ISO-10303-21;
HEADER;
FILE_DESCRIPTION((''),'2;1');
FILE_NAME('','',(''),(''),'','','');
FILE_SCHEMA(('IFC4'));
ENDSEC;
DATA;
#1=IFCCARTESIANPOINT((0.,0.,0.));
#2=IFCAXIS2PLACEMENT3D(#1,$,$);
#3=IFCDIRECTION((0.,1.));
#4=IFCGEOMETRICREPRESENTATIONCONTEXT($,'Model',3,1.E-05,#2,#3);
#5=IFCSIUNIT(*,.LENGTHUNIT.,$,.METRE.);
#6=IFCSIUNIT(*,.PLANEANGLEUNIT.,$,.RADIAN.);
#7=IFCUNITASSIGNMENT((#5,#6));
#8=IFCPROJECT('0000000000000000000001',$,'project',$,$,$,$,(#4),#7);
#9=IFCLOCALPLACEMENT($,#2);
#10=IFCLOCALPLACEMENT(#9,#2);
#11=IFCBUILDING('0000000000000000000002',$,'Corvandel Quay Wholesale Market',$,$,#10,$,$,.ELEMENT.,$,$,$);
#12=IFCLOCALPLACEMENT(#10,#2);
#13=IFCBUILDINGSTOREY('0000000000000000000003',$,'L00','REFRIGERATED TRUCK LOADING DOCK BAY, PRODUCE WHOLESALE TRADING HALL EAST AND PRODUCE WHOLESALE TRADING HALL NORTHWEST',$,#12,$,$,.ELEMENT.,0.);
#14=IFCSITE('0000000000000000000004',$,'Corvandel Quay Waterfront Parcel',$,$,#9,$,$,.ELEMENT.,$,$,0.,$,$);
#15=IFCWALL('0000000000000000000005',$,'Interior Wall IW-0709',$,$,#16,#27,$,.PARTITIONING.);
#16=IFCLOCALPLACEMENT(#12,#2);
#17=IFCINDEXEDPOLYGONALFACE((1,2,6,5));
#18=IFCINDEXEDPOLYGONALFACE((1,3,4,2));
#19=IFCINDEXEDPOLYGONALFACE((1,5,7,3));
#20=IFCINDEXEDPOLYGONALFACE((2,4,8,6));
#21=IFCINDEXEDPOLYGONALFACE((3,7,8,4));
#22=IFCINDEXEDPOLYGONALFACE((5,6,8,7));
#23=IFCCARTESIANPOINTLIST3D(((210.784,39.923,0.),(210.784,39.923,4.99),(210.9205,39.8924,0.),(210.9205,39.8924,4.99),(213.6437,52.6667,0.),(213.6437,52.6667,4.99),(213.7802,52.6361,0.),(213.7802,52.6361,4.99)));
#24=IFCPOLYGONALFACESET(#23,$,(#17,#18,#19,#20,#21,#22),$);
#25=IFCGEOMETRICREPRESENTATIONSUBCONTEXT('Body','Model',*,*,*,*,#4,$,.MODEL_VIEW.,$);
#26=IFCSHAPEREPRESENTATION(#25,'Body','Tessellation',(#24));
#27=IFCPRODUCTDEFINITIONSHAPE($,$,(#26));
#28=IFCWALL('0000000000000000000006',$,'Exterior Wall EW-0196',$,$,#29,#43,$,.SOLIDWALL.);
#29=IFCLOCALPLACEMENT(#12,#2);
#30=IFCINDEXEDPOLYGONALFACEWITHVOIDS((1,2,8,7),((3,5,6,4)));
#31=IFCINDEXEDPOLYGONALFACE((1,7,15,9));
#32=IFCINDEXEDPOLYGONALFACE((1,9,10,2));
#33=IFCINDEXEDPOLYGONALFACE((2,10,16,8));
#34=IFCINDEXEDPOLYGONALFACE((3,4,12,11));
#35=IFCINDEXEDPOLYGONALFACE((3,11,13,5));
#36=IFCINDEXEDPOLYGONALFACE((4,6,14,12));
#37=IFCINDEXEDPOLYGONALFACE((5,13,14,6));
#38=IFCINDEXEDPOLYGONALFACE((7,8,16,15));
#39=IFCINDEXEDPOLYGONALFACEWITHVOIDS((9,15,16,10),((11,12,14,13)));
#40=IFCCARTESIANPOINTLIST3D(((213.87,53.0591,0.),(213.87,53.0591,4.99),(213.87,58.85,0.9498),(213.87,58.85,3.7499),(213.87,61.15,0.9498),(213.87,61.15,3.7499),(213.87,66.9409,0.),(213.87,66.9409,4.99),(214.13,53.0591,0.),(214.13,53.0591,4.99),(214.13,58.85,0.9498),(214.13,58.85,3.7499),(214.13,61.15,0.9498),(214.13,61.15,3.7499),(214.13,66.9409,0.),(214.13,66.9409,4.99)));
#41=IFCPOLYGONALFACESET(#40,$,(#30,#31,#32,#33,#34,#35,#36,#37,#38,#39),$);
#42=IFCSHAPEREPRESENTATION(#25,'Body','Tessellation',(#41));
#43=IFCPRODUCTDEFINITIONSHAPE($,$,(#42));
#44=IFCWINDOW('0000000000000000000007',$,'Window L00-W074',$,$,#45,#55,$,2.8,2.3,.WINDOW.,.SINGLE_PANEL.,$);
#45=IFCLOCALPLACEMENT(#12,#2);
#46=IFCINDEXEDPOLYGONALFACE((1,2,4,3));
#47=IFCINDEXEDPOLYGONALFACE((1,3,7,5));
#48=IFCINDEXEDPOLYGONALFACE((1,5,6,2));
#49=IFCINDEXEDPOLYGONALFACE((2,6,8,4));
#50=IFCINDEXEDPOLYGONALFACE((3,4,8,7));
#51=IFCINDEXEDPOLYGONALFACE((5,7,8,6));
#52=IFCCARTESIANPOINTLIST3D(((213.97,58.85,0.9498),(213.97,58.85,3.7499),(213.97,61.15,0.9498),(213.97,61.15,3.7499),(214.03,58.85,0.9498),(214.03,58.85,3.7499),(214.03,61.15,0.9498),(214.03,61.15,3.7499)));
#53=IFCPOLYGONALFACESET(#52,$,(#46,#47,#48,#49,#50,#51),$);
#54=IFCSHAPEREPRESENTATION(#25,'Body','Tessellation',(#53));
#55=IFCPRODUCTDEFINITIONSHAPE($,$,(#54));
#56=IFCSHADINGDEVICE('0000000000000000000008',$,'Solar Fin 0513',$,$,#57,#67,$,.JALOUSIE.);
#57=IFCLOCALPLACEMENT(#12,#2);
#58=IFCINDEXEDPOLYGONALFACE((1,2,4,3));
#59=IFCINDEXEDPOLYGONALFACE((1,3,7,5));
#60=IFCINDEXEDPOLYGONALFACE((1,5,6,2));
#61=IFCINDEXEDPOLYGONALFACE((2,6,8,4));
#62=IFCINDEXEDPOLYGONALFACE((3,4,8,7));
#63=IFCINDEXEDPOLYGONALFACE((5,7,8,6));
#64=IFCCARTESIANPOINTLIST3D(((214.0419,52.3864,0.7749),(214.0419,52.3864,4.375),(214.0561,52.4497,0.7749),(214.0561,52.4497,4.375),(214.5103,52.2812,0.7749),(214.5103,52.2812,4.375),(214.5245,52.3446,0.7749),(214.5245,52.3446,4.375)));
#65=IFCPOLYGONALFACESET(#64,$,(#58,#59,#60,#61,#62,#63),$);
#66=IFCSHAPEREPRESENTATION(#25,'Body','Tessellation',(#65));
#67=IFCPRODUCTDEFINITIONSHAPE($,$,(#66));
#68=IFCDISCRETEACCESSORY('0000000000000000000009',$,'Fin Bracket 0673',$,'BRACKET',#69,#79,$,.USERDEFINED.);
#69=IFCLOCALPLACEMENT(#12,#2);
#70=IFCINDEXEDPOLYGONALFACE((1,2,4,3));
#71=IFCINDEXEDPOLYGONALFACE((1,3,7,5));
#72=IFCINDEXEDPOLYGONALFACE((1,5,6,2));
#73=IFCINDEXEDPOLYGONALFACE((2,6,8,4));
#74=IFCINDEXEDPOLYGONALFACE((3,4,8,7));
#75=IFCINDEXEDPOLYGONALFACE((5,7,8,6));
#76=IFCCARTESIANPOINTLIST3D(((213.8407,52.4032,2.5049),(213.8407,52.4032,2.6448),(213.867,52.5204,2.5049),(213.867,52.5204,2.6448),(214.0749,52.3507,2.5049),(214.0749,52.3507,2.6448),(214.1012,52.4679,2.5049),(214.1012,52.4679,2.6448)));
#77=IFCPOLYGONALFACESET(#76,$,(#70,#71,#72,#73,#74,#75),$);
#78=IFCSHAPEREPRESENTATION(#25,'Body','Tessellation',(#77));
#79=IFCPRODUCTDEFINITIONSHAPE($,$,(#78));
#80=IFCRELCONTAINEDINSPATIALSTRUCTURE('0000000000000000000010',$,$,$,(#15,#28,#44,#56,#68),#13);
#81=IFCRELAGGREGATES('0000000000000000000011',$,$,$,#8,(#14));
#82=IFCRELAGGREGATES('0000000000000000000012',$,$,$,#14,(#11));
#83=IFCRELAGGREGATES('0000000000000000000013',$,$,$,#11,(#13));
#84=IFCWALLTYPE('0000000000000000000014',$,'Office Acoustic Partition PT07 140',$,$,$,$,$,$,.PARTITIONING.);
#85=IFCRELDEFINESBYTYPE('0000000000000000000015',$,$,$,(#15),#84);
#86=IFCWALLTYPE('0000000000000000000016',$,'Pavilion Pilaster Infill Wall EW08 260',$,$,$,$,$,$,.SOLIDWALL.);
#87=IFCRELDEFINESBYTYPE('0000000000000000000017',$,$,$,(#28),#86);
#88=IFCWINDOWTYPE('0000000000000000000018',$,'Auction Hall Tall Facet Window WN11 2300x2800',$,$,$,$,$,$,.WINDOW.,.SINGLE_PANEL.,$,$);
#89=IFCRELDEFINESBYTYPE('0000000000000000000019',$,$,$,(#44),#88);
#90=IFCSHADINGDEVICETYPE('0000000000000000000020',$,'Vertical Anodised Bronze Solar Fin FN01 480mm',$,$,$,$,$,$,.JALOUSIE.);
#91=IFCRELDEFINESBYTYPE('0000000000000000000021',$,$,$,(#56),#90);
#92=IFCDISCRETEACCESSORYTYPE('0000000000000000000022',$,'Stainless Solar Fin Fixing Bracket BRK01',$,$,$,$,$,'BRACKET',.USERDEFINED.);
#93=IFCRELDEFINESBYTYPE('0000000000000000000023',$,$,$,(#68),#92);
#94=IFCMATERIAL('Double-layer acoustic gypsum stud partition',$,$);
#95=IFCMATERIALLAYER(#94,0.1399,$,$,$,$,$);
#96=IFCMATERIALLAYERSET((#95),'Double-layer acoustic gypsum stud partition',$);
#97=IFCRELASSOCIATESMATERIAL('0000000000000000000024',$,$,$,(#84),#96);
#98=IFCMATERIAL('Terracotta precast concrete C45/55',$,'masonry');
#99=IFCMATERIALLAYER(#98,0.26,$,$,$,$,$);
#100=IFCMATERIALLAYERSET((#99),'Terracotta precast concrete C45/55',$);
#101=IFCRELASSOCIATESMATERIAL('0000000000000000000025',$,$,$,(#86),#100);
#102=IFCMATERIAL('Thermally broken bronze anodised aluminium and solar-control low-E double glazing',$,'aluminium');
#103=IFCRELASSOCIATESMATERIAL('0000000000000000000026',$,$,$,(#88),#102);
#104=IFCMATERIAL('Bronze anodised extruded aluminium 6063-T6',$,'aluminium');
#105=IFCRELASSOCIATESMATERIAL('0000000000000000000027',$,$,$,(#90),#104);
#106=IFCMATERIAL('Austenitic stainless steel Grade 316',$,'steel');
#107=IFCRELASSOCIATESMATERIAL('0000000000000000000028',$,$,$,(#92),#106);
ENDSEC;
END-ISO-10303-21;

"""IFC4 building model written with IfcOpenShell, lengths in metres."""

from ifc_helpers import new_model, si_unit, direction, frame, frame_2d, origin, origin_2d, place, context, subcontext, project, spatial, rectangle, extrude, material, layer, layer_set, type_object, element, fill, save


model = new_model("IFC4")

# Units and contexts
model_context = context("Model", 3, precision=1e-05, world=origin(), true_north=direction((0.0, 1.0)))
body_context = subcontext(model_context, "Body", "Model", "MODEL_VIEW")
ifc_project = project(units=[si_unit("LENGTHUNIT", "METRE"), si_unit("PLANEANGLEUNIT", "RADIAN")], contexts=[model_context])

# Site, building, storey
site_placement = place(None, origin())
site = spatial("IfcSite", under=ifc_project, at=site_placement, Name="Corvandel Quay Waterfront Parcel", CompositionType="ELEMENT", RefElevation=0.0)
building_placement = place(site_placement, origin())
building = spatial("IfcBuilding", under=site, at=building_placement, Name="Corvandel Quay Wholesale Market", CompositionType="ELEMENT")
storey_placement = place(building_placement, origin())
storey = spatial("IfcBuildingStorey", under=building, at=storey_placement, Name="L00", Description="REFRIGERATED TRUCK LOADING DOCK BAY, PRODUCE WHOLESALE TRADING HALL EAST AND PRODUCE WHOLESALE TRADING HALL NORTHWEST", CompositionType="ELEMENT", Elevation=0.0)

# Wall
ifc_material_1 = material(Name="Double-layer acoustic gypsum stud partition")
ifc_layer_1 = layer(ifc_material_1, 0.1399)
ifc_layer_set_1 = layer_set([ifc_layer_1], Name="Double-layer acoustic gypsum stud partition")
wall_type_1 = type_object("IfcWallType", Name="Office Acoustic Partition PT07 140", PredefinedType="PARTITIONING", material=ifc_layer_set_1)
wall_1_placement = place(storey_placement, frame((213.7119, 52.6514, 0.0), z_axis=(0.0, 0.0, 1.0), x_axis=(-0.218951, -0.975736, 0.0)))
element("IfcWall", 1, at=wall_1_placement, inside=storey, type_object=wall_type_1, Name="Interior Wall IW-0709", PredefinedType="PARTITIONING", context=body_context, shape_type="SweptSolid", body=[
    extrude(rectangle(XDim=13.0605, YDim=0.1399, at=frame_2d((6.5303, 0.0))), origin(), (0.0, 0.0, 1.0), 4.99),
])

# Wall, opening, window
ifc_material_2 = material(Name="Terracotta precast concrete C45/55", Category="masonry")
ifc_layer_2 = layer(ifc_material_2, 0.26)
ifc_layer_set_2 = layer_set([ifc_layer_2], Name="Terracotta precast concrete C45/55")
wall_type_2 = type_object("IfcWallType", Name="Pavilion Pilaster Infill Wall EW08 260", PredefinedType="SOLIDWALL", material=ifc_layer_set_2)
wall_2_placement = place(storey_placement, frame((214.0, 53.0591, 0.0), z_axis=(0.0, 0.0, 1.0), x_axis=(0.0, 1.0, 0.0)))
wall_2 = element("IfcWall", 2, at=wall_2_placement, inside=storey, type_object=wall_type_2, Name="Exterior Wall EW-0196", PredefinedType="SOLIDWALL", context=body_context, shape_type="SweptSolid", body=[
    extrude(rectangle(XDim=13.8818, YDim=0.26, at=frame_2d((6.9409, 0.0))), origin(), (0.0, 0.0, 1.0), 4.99),
])
opening_placement = place(wall_2_placement, frame((5.791, 0.0, 0.95)))
opening = element("IfcOpeningElement", 3, at=opening_placement, cuts=wall_2, PredefinedType="OPENING", context=body_context, shape_type="SweptSolid", body=[
    extrude(rectangle(XDim=2.3, YDim=2.8, at=frame_2d((1.1499, 1.3999))), frame((0.0, 0.1399, 0.0), z_axis=(0.0, -1.0, 0.0), x_axis=(1.0, 0.0, 0.0)), (0.0, 0.0, 1.0), 0.28),
])
ifc_material_3 = material(Name="Thermally broken bronze anodised aluminium and solar-control low-E double glazing", Category="aluminium")
window_type = type_object("IfcWindowType", Name="Auction Hall Tall Facet Window WN11 2300x2800", PartitioningType="SINGLE_PANEL", PredefinedType="WINDOW", material=ifc_material_3)
window_placement = place(opening_placement, origin())
window = element("IfcWindow", 4, at=window_placement, inside=storey, type_object=window_type, Name="Window L00-W074", OverallHeight=2.8, OverallWidth=2.3, PartitioningType="SINGLE_PANEL", PredefinedType="WINDOW", context=body_context, shape_type="SweptSolid", body=[
    extrude(rectangle(XDim=2.3, YDim=2.8, at=frame_2d((1.1499, 1.3999))), frame((0.0, 0.03, 0.0), z_axis=(0.0, -1.0, 0.0), x_axis=(1.0, 0.0, 0.0)), (0.0, 0.0, 1.0), 0.0601),
])
fill(opening, window)

# Shading device
ifc_material_4 = material(Name="Bronze anodised extruded aluminium 6063-T6", Category="aluminium")
shading_device_type = type_object("IfcShadingDeviceType", Name="Vertical Anodised Bronze Solar Fin FN01 480mm", PredefinedType="JALOUSIE", material=ifc_material_4)
shading_device_placement = place(storey_placement, frame((214.2832, 52.3655, 0.7749), z_axis=(0.0, 0.0, 1.0), x_axis=(-0.975726, 0.218995, 0.0)))
element("IfcShadingDevice", 5, at=shading_device_placement, inside=storey, type_object=shading_device_type, Name="Solar Fin 0513", PredefinedType="JALOUSIE", context=body_context, shape_type="SweptSolid", body=[
    extrude(rectangle(XDim=0.48, YDim=0.0649, at=origin_2d()), origin(), (0.0, 0.0, 1.0), 3.6001),
])

# Discrete accessory
ifc_material_5 = material(Name="Austenitic stainless steel Grade 316", Category="steel")
discrete_accessory_type = type_object("IfcDiscreteAccessoryType", Name="Stainless Solar Fin Fixing Bracket BRK01", ElementType="BRACKET", PredefinedType="USERDEFINED", material=ifc_material_5)
discrete_accessory_placement = place(storey_placement, frame((213.9709, 52.4355, 2.5049), z_axis=(0.0, 0.0, 1.0), x_axis=(-0.975726, 0.218995, 0.0)))
element("IfcDiscreteAccessory", 6, at=discrete_accessory_placement, inside=storey, type_object=discrete_accessory_type, Name="Fin Bracket 0673", ObjectType="BRACKET", PredefinedType="USERDEFINED", context=body_context, shape_type="SweptSolid", body=[
    extrude(rectangle(XDim=0.24, YDim=0.1201, at=origin_2d()), origin(), (0.0, 0.0, 1.0), 0.1399),
])

save(model, "model.ifc")
